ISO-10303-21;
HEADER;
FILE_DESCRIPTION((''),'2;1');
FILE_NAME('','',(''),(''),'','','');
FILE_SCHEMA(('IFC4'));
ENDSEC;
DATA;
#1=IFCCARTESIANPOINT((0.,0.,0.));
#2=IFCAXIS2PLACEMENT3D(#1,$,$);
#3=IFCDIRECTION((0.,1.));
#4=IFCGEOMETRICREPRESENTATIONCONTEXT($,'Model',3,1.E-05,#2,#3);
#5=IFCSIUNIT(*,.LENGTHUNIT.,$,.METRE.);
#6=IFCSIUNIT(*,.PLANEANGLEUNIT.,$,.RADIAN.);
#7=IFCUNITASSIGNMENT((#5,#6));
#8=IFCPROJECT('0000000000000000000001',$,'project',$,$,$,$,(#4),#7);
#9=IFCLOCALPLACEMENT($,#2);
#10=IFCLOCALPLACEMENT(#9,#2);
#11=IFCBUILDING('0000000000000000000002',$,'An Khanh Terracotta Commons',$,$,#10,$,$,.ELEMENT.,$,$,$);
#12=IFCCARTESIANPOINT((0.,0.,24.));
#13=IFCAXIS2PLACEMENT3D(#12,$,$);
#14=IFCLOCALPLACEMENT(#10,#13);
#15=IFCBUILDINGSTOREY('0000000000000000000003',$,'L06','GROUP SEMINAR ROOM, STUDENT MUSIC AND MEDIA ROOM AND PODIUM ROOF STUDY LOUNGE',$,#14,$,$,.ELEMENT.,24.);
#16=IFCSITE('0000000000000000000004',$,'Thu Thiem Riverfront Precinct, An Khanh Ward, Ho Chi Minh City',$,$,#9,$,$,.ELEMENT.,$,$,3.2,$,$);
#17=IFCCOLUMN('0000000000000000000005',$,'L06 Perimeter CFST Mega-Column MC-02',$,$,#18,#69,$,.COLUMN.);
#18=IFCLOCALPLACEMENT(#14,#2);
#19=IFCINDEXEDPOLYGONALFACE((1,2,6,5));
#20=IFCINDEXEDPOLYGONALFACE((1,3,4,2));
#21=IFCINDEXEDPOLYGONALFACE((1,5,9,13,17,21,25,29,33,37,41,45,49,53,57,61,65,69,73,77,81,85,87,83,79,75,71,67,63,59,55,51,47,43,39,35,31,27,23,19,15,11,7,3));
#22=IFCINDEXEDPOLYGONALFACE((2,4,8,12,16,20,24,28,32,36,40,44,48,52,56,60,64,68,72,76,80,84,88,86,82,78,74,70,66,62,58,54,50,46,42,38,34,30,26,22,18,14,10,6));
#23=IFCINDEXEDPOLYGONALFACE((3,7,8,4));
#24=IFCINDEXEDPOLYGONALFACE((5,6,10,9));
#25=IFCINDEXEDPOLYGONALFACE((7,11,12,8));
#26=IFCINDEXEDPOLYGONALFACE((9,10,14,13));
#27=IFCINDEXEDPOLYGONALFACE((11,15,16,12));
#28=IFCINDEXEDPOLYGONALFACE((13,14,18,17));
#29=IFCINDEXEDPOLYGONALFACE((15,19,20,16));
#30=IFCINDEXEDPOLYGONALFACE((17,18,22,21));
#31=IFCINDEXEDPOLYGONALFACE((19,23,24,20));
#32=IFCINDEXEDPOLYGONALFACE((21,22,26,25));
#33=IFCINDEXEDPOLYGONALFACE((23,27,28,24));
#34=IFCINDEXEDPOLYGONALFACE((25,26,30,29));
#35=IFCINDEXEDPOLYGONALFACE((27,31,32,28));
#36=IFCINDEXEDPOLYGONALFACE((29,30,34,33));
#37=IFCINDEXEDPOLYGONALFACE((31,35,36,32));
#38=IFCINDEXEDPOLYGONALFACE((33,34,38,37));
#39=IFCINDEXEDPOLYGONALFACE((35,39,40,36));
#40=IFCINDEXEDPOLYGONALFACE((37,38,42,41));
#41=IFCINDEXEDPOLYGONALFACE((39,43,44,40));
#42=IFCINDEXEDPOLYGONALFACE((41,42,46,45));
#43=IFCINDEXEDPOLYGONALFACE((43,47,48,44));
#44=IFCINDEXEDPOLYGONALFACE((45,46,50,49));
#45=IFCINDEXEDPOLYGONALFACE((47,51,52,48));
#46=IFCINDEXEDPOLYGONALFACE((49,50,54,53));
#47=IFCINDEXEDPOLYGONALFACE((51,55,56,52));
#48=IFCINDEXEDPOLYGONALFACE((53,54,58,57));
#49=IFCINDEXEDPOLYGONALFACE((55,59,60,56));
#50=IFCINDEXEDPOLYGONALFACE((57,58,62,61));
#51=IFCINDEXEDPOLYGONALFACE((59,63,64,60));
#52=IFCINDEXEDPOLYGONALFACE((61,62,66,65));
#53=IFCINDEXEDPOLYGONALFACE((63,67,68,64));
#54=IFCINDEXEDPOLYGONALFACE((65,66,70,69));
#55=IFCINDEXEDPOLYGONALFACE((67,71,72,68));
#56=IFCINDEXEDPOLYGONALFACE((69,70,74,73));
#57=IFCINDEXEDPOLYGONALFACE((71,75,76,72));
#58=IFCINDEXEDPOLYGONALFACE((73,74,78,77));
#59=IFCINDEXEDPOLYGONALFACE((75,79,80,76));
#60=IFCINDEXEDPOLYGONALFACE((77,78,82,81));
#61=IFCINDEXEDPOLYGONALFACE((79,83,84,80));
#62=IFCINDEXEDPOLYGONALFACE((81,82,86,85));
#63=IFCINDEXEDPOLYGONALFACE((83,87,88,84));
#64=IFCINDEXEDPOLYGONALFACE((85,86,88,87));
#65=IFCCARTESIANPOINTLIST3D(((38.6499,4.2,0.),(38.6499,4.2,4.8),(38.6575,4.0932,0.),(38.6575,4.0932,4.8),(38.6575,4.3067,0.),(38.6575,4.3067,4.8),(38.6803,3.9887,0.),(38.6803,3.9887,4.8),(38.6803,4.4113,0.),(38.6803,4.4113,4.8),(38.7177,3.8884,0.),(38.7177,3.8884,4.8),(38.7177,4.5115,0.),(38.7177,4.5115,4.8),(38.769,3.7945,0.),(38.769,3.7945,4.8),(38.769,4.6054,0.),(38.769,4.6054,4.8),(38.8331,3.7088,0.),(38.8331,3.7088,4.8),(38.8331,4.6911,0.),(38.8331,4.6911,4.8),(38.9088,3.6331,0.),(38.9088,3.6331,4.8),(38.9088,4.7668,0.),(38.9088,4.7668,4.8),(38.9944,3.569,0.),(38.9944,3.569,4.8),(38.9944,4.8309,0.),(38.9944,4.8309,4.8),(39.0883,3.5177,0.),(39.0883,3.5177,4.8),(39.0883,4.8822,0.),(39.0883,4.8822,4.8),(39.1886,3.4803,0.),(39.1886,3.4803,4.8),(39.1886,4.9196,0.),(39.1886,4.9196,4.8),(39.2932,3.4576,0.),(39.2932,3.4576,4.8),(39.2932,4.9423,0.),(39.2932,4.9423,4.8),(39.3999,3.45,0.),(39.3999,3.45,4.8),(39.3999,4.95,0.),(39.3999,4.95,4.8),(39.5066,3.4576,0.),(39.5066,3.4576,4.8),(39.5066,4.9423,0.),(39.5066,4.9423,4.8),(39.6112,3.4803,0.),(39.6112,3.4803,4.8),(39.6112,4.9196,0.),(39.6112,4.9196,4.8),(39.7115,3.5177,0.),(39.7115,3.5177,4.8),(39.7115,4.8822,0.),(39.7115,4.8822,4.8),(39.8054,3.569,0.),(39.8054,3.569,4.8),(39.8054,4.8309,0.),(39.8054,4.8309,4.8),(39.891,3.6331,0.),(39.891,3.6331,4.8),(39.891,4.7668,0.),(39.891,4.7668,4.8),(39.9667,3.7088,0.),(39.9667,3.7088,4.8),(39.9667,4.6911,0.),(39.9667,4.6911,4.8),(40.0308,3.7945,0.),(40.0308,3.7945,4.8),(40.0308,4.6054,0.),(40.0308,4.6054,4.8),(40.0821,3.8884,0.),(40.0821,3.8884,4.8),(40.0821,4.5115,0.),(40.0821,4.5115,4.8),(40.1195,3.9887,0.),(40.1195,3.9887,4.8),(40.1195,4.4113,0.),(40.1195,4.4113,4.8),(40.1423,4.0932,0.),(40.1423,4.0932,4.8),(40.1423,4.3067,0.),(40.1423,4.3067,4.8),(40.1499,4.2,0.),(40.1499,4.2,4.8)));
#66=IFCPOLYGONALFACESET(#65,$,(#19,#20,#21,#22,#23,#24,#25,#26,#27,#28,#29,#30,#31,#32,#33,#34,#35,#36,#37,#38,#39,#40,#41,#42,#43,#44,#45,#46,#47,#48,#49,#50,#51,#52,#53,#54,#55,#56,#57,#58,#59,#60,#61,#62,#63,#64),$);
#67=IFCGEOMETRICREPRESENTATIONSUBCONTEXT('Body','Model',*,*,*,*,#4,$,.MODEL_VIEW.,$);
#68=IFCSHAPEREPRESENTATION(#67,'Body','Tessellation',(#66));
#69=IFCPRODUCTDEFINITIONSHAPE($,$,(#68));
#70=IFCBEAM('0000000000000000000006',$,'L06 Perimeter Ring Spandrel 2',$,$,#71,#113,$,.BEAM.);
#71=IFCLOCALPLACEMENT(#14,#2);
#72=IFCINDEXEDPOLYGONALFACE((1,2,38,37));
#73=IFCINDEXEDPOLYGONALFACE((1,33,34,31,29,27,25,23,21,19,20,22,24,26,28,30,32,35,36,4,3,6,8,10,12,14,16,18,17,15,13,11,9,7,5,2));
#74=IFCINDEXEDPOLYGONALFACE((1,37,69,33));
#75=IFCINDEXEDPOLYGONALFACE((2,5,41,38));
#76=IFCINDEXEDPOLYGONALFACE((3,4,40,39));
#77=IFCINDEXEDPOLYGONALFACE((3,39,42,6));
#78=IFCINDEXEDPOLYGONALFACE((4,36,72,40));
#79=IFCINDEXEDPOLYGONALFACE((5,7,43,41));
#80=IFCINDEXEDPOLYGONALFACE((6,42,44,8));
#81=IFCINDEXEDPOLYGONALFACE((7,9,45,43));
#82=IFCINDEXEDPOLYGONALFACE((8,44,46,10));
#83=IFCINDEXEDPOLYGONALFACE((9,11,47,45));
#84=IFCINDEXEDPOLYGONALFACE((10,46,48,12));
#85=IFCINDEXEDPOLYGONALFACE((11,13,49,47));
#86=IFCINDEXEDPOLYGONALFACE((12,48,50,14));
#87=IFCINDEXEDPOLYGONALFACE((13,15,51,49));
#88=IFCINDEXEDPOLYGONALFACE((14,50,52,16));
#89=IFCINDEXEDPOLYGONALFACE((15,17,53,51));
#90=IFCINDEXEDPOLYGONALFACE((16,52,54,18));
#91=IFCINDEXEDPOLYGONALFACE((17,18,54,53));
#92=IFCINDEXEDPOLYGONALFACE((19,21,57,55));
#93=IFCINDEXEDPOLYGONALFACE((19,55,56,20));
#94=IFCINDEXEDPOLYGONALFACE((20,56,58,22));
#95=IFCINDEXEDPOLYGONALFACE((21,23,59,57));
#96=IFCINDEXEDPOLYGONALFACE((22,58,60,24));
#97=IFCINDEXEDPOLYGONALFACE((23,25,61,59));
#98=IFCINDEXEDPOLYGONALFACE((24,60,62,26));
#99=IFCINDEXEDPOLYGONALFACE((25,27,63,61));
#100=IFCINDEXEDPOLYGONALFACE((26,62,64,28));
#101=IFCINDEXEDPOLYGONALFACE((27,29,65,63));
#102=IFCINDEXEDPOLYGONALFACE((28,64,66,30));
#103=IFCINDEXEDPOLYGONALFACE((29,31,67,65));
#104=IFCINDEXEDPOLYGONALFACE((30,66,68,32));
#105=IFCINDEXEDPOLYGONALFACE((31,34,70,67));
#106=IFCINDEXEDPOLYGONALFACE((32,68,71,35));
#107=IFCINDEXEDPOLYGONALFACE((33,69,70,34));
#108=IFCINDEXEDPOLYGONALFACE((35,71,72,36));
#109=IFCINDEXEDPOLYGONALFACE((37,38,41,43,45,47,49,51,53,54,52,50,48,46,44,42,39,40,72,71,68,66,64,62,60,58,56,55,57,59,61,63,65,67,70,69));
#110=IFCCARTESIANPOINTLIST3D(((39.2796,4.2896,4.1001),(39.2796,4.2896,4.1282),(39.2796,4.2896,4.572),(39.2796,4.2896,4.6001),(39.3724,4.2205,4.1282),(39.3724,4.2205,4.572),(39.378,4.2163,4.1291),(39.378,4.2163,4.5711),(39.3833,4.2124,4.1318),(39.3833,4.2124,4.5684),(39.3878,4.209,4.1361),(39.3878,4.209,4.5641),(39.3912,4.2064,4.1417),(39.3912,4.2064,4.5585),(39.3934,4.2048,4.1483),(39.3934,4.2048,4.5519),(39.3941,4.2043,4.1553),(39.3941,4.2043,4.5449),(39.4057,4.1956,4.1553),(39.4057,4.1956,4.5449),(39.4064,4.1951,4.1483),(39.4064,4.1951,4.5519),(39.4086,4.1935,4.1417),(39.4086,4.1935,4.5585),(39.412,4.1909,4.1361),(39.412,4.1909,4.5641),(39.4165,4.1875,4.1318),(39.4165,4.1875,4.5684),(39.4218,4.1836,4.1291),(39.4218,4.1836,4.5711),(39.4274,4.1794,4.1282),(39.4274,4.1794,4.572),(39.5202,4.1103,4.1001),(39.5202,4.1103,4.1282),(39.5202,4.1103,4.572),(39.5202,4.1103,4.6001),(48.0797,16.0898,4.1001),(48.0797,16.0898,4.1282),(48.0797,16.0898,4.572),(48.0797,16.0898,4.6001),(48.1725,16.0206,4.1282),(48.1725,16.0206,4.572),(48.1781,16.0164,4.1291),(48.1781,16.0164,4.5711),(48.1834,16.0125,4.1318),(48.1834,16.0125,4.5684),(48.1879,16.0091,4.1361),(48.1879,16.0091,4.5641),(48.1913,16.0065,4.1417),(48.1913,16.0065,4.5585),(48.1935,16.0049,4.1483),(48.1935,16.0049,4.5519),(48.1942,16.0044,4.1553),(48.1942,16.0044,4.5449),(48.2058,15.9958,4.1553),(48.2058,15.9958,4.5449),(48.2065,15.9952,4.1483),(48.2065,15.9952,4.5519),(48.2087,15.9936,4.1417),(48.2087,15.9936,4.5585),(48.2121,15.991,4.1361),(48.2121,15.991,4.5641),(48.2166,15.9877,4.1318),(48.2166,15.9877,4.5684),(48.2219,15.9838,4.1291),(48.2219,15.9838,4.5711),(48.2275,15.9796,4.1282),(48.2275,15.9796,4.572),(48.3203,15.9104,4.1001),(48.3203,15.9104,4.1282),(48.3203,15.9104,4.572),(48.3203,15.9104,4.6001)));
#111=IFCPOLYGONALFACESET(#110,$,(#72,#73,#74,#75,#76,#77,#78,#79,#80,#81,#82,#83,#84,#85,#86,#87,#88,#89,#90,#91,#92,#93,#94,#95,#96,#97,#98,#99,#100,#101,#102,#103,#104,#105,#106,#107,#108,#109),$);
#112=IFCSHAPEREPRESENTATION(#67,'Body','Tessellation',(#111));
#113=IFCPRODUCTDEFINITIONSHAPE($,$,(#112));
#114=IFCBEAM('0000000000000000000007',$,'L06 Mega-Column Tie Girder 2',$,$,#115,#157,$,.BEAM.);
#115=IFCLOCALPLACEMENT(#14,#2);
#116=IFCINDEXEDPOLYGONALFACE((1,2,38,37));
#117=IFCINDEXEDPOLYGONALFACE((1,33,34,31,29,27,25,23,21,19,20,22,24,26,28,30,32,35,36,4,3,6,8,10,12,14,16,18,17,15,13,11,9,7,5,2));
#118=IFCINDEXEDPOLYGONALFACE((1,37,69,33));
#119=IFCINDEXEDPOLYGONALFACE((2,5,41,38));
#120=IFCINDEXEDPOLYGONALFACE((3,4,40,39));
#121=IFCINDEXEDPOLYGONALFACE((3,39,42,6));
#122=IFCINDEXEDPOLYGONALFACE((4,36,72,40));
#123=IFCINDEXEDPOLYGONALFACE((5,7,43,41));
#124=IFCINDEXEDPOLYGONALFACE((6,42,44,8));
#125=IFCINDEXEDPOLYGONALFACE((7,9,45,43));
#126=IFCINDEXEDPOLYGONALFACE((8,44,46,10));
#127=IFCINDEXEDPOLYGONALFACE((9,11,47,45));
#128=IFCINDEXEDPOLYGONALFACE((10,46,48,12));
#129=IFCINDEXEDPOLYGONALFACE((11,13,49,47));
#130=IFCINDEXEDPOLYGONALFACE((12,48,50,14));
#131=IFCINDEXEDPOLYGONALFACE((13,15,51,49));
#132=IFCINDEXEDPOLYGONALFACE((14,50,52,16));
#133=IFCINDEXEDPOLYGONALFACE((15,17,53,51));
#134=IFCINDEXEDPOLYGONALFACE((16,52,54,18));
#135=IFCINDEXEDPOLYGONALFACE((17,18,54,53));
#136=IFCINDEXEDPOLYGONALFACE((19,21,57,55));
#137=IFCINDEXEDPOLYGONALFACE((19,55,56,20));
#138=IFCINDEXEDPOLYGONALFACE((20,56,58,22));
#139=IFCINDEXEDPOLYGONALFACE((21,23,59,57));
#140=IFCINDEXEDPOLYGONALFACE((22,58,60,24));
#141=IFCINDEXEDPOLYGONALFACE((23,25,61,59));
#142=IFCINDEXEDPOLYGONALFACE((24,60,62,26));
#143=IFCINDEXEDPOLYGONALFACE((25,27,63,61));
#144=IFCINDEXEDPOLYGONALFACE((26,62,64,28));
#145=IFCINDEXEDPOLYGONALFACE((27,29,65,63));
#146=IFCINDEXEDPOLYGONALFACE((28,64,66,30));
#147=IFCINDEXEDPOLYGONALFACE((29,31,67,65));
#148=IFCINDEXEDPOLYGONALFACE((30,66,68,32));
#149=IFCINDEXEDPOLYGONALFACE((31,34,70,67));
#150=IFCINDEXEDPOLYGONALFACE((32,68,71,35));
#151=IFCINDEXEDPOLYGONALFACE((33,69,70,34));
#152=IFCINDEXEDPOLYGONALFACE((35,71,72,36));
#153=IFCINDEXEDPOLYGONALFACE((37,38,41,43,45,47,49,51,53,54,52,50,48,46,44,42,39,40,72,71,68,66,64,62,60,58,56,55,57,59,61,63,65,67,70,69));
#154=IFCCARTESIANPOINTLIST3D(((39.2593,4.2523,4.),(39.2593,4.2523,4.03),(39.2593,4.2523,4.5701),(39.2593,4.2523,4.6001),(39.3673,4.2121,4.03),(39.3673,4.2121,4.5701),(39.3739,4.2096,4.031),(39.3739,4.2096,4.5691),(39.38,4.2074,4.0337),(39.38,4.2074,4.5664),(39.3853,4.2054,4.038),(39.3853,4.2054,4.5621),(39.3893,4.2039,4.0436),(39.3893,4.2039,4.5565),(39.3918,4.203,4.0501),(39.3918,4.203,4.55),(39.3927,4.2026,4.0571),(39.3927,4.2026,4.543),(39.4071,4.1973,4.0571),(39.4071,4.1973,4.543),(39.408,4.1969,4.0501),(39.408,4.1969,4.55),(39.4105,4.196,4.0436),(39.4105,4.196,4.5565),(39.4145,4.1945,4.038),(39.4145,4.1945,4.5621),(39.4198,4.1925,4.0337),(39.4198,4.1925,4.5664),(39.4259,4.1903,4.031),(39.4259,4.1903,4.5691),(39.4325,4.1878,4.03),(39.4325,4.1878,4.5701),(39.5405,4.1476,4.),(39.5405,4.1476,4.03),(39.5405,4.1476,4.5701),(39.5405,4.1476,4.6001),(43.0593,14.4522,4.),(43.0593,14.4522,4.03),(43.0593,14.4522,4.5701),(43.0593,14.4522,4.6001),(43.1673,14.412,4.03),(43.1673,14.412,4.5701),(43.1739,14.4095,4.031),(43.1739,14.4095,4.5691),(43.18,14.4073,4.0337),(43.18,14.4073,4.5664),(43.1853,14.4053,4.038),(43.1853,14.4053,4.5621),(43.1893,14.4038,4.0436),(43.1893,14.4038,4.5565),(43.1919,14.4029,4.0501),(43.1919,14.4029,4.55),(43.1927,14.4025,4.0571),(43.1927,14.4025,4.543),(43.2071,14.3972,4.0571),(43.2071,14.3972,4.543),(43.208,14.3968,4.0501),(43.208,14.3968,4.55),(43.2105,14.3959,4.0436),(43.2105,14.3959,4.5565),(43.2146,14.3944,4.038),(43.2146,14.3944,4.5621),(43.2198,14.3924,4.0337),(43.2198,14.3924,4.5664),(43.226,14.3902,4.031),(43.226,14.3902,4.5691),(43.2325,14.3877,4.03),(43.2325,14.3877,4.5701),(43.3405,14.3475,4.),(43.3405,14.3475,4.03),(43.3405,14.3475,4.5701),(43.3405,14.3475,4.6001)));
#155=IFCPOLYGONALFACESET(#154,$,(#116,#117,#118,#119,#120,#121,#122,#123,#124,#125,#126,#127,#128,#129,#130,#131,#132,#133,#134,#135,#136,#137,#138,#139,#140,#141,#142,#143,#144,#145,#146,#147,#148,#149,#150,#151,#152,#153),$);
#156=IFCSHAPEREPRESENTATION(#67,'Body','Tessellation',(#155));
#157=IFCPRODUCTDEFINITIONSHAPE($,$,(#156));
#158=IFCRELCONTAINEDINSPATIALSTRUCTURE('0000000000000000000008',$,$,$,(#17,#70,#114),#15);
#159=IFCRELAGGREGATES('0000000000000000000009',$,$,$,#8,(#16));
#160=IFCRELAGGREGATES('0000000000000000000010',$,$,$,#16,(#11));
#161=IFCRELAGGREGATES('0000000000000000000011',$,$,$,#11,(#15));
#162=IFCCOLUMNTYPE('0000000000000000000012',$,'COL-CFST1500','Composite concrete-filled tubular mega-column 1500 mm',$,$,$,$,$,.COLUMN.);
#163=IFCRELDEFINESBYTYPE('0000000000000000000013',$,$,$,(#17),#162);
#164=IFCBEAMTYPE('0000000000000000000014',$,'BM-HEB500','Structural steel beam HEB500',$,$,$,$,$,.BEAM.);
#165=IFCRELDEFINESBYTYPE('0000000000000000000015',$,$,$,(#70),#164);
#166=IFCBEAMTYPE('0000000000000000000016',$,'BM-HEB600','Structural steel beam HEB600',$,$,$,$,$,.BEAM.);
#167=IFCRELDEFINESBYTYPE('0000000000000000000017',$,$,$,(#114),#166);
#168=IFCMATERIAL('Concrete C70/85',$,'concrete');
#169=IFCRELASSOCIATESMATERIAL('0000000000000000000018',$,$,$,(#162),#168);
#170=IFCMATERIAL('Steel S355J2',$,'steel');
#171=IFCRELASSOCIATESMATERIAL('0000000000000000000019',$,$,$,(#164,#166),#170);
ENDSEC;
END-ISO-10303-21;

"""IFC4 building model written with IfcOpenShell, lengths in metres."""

from ifc_helpers import new_model, si_unit, direction, frame, origin, origin_2d, place, context, subcontext, project, spatial, circle, i_section, extrude, material, material_profile, profile_set, type_object, element, save


model = new_model("IFC4")

# Units and contexts
model_context = context("Model", 3, precision=1e-05, world=origin(), true_north=direction((0.0, 1.0)))
body_context = subcontext(model_context, "Body", "Model", "MODEL_VIEW")
ifc_project = project(units=[si_unit("LENGTHUNIT", "METRE"), si_unit("PLANEANGLEUNIT", "RADIAN")], contexts=[model_context])

# Site, building, storey
site_placement = place(None, origin())
site = spatial("IfcSite", under=ifc_project, at=site_placement, Name="Thu Thiem Riverfront Precinct, An Khanh Ward, Ho Chi Minh City", CompositionType="ELEMENT", RefElevation=3.2)
building_placement = place(site_placement, origin())
building = spatial("IfcBuilding", under=site, at=building_placement, Name="An Khanh Terracotta Commons", CompositionType="ELEMENT")
storey_placement = place(building_placement, frame((0.0, 0.0, 24.0)))
storey = spatial("IfcBuildingStorey", under=building, at=storey_placement, Name="L06", Description="GROUP SEMINAR ROOM, STUDENT MUSIC AND MEDIA ROOM AND PODIUM ROOF STUDY LOUNGE", CompositionType="ELEMENT", Elevation=24.0)

# Column
ifc_material_1 = material(Name="Concrete C70/85", Category="concrete")
ifc_material_profile_1 = material_profile(ifc_material_1, circle(Radius=0.75, at=origin_2d()), Name="CFST1500")
ifc_profile_set_1 = profile_set([ifc_material_profile_1], Name="Concrete C70/85")
column_type = type_object("IfcColumnType", Name="COL-CFST1500", Description="Composite concrete-filled tubular mega-column 1500 mm", PredefinedType="COLUMN", material=ifc_profile_set_1)
column_placement = place(storey_placement, frame((39.3999, 4.2, 0.0), z_axis=(0.0, 0.0, 1.0), x_axis=(1.0, 0.0, 0.0)))
element("IfcColumn", 1, at=column_placement, inside=storey, type_object=column_type, Name="L06 Perimeter CFST Mega-Column MC-02", PredefinedType="COLUMN", context=body_context, shape_type="SweptSolid", body=[
    extrude(circle(Radius=0.75, at=origin_2d()), origin(), (0.0, 0.0, 1.0), 4.8),
])

# Beams
ifc_material_2 = material(Name="Steel S355J2", Category="steel")
ifc_material_profile_2 = material_profile(ifc_material_2, i_section(OverallWidth=0.3, OverallDepth=0.5, WebThickness=0.0144, FlangeThickness=0.0281, FilletRadius=0.0271, at=origin_2d()), Name="HEB500")
ifc_profile_set_2 = profile_set([ifc_material_profile_2], Name="Steel S355J2")
beam_type_1 = type_object("IfcBeamType", Name="BM-HEB500", Description="Structural steel beam HEB500", PredefinedType="BEAM", material=ifc_profile_set_2)
beam_1_placement = place(storey_placement, frame((39.3999, 4.2, 4.3501), z_axis=(0.597824, 0.801627, 0.0), x_axis=(-0.801627, 0.597824, 0.0)))
element("IfcBeam", 2, at=beam_1_placement, inside=storey, type_object=beam_type_1, Name="L06 Perimeter Ring Spandrel 2", PredefinedType="BEAM", context=body_context, shape_type="SweptSolid", body=[
    extrude(i_section(OverallWidth=0.3, OverallDepth=0.5, WebThickness=0.0144, FlangeThickness=0.0281, FilletRadius=0.0271, at=origin_2d()), origin(), (0.0, 0.0, 1.0), 14.7202),
])
ifc_material_profile_3 = material_profile(ifc_material_2, i_section(OverallWidth=0.3, OverallDepth=0.6001, WebThickness=0.0154, FlangeThickness=0.03, FilletRadius=0.0271, at=origin_2d()), Name="HEB600")
ifc_profile_set_3 = profile_set([ifc_material_profile_3], Name="Steel S355J2")
beam_type_2 = type_object("IfcBeamType", Name="BM-HEB600", Description="Structural steel beam HEB600", PredefinedType="BEAM", material=ifc_profile_set_3)
beam_2_placement = place(storey_placement, frame((39.3999, 4.2, 4.3), z_axis=(0.349114, 0.93708, 0.0), x_axis=(-0.93708, 0.349114, 0.0)))
element("IfcBeam", 3, at=beam_2_placement, inside=storey, type_object=beam_type_2, Name="L06 Mega-Column Tie Girder 2", PredefinedType="BEAM", context=body_context, shape_type="SweptSolid", body=[
    extrude(i_section(OverallWidth=0.3, OverallDepth=0.6001, WebThickness=0.0154, FlangeThickness=0.03, FilletRadius=0.0271, at=origin_2d()), origin(), (0.0, 0.0, 1.0), 10.8848),
])

save(model, "model.ifc")
